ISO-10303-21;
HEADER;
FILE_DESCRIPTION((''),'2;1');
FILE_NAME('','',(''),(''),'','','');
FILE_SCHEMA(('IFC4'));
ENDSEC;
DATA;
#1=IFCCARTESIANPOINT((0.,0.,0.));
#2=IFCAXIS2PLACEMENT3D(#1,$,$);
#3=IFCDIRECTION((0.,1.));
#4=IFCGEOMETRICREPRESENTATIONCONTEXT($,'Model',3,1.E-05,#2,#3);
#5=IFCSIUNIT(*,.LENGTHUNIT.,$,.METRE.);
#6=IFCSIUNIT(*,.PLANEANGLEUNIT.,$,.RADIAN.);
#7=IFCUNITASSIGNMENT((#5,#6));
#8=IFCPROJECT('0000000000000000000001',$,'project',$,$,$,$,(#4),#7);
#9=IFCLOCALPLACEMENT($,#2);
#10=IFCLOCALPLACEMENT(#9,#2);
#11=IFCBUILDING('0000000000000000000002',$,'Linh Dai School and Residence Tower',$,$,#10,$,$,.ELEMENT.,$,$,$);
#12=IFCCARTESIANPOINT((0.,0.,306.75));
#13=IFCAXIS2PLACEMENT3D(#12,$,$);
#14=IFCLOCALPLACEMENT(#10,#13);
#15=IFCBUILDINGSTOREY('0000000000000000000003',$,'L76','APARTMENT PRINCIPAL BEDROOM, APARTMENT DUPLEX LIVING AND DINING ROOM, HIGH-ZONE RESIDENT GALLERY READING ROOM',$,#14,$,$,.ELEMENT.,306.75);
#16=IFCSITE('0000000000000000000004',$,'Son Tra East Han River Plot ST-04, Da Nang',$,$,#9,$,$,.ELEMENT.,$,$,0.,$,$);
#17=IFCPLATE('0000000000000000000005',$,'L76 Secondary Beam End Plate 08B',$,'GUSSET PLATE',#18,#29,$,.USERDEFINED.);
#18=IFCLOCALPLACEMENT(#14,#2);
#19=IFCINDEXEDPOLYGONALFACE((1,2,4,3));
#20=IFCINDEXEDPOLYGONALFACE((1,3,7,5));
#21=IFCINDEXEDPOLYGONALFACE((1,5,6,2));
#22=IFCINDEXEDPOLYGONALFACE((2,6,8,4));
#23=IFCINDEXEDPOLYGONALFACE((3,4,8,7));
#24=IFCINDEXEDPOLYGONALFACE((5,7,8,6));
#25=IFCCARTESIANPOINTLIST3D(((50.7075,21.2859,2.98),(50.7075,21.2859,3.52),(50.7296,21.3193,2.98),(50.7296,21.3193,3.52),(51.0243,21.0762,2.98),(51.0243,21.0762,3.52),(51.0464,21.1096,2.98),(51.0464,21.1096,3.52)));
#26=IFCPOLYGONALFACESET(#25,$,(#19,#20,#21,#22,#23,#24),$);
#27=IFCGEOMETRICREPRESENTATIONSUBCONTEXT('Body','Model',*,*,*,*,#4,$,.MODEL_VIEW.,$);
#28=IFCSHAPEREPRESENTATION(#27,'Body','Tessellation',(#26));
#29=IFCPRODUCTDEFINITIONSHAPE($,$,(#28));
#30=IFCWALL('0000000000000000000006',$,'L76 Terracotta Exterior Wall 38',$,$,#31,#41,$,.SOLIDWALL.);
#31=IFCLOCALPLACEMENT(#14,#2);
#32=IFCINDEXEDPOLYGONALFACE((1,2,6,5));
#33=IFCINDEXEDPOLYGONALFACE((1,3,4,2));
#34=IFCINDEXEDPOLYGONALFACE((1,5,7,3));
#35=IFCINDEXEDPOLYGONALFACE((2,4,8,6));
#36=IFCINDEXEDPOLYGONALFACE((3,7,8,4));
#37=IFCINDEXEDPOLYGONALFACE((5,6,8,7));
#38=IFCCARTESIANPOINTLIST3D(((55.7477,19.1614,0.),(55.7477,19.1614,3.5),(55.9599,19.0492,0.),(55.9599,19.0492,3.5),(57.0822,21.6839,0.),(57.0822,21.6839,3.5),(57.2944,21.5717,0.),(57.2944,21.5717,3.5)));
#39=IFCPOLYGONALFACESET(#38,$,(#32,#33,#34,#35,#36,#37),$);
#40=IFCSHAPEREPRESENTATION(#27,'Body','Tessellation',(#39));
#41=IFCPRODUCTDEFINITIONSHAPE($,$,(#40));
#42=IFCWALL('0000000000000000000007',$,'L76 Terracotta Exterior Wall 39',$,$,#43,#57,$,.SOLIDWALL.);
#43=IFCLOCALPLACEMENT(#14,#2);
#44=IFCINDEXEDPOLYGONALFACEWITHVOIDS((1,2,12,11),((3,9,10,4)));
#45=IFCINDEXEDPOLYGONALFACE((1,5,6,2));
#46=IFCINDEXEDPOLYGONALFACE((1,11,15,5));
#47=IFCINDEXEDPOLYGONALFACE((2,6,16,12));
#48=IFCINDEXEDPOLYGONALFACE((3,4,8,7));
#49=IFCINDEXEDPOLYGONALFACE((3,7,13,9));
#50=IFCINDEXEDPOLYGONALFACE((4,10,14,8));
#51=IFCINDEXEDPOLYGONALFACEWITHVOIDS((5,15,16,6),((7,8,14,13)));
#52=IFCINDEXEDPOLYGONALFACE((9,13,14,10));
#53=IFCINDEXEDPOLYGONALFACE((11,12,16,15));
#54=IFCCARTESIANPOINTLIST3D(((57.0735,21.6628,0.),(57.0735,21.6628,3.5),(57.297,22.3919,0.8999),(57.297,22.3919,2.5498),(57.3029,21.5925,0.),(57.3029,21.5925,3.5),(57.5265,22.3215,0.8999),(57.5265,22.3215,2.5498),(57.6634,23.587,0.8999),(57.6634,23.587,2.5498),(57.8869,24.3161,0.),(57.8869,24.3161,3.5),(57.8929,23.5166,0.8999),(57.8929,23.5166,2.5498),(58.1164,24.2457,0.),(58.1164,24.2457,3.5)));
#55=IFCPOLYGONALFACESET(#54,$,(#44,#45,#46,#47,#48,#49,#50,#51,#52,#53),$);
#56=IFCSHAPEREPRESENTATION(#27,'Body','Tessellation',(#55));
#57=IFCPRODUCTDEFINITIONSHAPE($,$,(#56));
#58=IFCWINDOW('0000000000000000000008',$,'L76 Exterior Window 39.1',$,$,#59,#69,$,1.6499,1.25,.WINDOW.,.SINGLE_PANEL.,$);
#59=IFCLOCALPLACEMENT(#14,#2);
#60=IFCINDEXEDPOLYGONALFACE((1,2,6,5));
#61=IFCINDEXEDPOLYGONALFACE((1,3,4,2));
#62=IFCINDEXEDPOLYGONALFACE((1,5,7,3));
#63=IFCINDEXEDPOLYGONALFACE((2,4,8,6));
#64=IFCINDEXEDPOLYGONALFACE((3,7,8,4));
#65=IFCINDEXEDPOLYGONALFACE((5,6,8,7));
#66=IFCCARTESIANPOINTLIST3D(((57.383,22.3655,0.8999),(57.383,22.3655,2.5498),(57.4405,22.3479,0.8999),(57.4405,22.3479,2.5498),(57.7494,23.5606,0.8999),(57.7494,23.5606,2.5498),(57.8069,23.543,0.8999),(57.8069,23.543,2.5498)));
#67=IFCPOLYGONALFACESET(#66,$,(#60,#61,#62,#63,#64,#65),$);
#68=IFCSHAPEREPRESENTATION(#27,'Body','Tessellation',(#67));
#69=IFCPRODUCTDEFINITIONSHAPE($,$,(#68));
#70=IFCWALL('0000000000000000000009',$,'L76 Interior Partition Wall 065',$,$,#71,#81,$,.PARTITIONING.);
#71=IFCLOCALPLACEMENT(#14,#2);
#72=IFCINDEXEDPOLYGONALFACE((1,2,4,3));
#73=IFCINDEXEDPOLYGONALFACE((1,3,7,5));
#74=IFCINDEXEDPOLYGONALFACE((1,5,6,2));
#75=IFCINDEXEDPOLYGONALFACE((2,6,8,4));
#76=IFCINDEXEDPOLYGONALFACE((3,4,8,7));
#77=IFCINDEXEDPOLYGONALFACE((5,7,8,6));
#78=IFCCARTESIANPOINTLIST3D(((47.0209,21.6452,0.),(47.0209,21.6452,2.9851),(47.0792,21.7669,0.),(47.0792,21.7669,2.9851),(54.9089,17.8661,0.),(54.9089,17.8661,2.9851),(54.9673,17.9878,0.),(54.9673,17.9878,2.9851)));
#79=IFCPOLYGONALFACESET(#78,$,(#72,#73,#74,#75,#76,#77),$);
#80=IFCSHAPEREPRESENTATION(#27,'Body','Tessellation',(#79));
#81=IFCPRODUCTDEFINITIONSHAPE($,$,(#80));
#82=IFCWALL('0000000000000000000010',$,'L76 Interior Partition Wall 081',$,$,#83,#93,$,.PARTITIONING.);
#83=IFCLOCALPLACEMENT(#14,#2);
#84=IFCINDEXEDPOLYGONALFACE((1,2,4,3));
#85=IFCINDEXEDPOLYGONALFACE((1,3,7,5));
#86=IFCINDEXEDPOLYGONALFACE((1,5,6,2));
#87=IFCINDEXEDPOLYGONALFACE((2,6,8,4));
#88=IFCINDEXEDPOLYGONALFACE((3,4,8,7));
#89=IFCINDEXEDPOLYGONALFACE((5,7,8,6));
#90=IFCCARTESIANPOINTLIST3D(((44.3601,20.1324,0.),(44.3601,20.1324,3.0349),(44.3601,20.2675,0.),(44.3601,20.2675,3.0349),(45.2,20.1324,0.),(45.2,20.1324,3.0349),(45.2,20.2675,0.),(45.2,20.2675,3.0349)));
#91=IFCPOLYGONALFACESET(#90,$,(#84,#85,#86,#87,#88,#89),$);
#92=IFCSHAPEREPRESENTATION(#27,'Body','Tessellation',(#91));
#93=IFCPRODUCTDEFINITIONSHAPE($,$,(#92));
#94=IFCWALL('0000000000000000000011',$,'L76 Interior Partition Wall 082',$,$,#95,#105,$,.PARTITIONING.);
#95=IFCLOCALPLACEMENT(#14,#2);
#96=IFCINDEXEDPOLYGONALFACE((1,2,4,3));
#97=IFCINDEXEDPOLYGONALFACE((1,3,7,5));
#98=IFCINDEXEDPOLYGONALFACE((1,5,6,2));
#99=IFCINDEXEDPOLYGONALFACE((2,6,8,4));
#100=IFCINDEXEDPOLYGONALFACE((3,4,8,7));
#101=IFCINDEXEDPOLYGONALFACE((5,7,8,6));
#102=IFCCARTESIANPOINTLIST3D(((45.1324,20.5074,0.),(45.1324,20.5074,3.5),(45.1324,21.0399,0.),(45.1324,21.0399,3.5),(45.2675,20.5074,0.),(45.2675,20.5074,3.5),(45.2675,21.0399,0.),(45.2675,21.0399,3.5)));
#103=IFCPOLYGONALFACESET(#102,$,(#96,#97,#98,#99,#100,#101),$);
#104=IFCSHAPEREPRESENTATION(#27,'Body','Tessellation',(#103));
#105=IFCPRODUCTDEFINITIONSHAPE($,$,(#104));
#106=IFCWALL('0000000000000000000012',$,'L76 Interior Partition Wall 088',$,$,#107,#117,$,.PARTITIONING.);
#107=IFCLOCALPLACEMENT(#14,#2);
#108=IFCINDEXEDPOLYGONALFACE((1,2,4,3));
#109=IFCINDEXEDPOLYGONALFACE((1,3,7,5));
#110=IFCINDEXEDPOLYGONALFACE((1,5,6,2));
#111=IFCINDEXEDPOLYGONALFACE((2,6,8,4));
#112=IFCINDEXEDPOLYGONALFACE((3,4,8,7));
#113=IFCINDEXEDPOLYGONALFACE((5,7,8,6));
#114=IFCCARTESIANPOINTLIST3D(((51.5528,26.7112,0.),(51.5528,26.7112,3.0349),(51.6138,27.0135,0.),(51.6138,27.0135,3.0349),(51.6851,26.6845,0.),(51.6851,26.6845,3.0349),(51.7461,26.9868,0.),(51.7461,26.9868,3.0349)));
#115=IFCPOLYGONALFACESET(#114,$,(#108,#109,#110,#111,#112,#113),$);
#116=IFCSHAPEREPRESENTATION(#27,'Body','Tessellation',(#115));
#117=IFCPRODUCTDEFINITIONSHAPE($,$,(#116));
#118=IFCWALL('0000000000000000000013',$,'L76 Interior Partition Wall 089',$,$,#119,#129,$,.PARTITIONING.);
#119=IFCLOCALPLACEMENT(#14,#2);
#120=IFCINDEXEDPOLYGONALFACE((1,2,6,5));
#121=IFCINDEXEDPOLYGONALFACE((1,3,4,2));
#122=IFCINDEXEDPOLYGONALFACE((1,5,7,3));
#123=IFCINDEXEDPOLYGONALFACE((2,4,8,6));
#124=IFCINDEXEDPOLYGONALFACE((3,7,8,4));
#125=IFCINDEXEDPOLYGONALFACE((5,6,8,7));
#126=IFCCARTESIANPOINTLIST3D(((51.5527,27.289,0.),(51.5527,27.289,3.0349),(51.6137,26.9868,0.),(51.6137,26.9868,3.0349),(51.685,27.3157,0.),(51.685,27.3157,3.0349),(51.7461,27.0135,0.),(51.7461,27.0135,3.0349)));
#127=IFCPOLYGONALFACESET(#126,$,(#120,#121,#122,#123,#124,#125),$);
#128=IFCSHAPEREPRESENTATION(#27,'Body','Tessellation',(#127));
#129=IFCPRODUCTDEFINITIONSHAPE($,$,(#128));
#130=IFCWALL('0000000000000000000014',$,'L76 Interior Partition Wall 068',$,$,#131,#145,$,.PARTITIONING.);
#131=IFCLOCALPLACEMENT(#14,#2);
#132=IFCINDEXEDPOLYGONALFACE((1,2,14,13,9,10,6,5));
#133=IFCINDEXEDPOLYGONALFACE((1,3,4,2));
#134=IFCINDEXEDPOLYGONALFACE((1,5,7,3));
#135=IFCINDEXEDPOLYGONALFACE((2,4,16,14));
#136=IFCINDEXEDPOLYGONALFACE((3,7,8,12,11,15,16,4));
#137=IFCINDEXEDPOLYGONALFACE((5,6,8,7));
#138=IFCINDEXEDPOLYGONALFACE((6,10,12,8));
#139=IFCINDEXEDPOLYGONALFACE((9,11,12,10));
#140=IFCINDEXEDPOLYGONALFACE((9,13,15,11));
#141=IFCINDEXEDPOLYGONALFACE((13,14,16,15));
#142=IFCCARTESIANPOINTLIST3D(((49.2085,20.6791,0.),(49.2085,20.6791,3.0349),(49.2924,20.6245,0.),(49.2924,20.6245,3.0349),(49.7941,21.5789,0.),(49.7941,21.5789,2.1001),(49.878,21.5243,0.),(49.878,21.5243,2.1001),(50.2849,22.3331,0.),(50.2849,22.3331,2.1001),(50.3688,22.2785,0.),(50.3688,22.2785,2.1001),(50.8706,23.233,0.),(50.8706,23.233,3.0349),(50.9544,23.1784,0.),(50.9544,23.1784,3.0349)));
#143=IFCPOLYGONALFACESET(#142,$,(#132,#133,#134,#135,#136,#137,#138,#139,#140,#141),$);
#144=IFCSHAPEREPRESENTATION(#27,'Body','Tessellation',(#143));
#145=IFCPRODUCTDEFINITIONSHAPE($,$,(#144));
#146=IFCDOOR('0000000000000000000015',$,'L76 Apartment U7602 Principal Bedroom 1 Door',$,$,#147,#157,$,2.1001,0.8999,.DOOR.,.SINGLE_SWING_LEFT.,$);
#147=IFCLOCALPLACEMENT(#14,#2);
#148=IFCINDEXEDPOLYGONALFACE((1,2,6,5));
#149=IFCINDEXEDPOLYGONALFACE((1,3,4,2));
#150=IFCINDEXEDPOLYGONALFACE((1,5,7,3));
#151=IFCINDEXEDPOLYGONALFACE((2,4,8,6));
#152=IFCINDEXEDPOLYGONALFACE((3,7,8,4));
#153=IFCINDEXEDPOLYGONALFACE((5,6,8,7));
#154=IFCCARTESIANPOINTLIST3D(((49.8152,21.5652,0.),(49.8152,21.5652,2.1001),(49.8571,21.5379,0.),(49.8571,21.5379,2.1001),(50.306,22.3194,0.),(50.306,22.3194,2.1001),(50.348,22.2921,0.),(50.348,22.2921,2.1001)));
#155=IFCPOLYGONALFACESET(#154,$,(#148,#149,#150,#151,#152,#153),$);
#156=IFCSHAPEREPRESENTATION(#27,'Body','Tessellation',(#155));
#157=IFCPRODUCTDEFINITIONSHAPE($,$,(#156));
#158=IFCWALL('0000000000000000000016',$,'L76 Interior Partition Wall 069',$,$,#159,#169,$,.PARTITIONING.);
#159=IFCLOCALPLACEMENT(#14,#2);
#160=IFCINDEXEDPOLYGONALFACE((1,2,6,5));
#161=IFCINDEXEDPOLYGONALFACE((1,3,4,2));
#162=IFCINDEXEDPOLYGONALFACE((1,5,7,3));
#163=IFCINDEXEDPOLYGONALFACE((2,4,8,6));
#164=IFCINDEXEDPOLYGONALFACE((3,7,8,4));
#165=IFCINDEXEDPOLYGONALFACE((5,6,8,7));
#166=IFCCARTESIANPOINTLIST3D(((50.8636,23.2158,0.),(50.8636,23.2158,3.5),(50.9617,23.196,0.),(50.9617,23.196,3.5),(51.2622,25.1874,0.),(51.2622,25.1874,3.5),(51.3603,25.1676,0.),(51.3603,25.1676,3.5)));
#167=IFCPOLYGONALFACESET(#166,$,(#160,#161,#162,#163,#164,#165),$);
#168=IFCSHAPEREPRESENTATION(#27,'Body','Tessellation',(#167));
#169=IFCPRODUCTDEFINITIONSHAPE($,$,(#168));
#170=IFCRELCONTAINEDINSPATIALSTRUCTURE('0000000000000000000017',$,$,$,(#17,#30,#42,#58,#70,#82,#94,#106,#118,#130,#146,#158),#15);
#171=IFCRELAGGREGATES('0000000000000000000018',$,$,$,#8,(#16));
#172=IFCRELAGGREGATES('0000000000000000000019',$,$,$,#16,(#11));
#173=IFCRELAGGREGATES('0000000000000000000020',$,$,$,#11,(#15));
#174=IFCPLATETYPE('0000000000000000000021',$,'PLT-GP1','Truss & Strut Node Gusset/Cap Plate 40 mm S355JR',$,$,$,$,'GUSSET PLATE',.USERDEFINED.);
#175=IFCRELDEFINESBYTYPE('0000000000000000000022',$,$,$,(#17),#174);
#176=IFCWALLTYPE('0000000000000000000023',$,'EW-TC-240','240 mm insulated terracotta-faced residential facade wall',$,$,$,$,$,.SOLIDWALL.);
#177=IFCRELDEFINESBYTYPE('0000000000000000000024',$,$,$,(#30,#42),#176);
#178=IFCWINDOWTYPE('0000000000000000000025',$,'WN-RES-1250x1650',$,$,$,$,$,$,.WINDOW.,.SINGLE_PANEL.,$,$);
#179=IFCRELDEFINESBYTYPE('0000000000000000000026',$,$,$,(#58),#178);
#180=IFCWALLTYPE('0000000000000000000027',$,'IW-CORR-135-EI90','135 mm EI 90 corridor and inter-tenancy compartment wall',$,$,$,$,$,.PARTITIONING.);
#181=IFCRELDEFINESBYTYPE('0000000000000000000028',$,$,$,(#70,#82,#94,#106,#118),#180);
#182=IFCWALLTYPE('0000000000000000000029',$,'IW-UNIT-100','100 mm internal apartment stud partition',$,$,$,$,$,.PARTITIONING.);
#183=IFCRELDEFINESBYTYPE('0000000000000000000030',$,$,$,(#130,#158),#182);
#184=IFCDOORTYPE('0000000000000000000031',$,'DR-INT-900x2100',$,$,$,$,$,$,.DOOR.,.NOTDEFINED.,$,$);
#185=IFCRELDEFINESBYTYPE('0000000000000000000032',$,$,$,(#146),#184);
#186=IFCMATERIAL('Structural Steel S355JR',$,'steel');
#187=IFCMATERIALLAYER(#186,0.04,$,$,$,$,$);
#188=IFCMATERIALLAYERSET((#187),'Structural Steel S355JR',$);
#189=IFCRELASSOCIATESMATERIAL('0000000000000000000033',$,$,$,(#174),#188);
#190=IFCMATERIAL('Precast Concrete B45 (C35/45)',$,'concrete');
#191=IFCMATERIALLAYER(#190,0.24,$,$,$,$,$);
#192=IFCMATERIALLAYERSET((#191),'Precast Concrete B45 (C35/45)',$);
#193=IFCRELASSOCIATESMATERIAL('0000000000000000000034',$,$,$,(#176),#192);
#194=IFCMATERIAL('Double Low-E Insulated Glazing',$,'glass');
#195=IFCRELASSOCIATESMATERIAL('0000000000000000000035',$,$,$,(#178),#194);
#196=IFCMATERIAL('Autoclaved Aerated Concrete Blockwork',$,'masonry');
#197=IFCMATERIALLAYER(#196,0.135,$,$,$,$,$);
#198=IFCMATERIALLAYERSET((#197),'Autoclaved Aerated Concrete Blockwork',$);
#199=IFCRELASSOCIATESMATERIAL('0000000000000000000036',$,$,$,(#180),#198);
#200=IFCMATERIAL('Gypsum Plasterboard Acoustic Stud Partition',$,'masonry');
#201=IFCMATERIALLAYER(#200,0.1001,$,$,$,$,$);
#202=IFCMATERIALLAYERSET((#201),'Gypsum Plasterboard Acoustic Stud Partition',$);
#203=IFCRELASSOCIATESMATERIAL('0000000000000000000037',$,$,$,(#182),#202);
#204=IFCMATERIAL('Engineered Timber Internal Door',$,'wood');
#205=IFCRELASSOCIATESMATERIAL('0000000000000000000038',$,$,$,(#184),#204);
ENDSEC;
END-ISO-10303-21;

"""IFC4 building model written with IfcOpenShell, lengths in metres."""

from ifc_helpers import new_model, si_unit, direction, frame, frame_2d, origin, origin_2d, place, context, subcontext, project, spatial, rectangle, extrude, source, transform, mapped, material, layer, layer_set, type_object, element, fill, save


model = new_model("IFC4")

# Units and contexts
model_context = context("Model", 3, precision=1e-05, world=origin(), true_north=direction((0.0, 1.0)))
body_context = subcontext(model_context, "Body", "Model", "MODEL_VIEW")
ifc_project = project(units=[si_unit("LENGTHUNIT", "METRE"), si_unit("PLANEANGLEUNIT", "RADIAN")], contexts=[model_context])

# Site, building, storey
site_placement = place(None, origin())
site = spatial("IfcSite", under=ifc_project, at=site_placement, Name="Son Tra East Han River Plot ST-04, Da Nang", CompositionType="ELEMENT", RefElevation=0.0)
building_placement = place(site_placement, origin())
building = spatial("IfcBuilding", under=site, at=building_placement, Name="Linh Dai School and Residence Tower", CompositionType="ELEMENT")
storey_placement = place(building_placement, frame((0.0, 0.0, 306.75)))
storey = spatial("IfcBuildingStorey", under=building, at=storey_placement, Name="L76", Description="APARTMENT PRINCIPAL BEDROOM, APARTMENT DUPLEX LIVING AND DINING ROOM, HIGH-ZONE RESIDENT GALLERY READING ROOM", CompositionType="ELEMENT", Elevation=306.75)

# Shared definitions
ifc_material_1 = material(Name="Structural Steel S355JR", Category="steel")

# Plate
ifc_layer_1 = layer(ifc_material_1, 0.04)
ifc_layer_set_1 = layer_set([ifc_layer_1], Name="Structural Steel S355JR")
plate_type = type_object("IfcPlateType", Name="PLT-GP1", Description="Truss & Strut Node Gusset/Cap Plate 40 mm S355JR", ElementType="GUSSET PLATE", PredefinedType="USERDEFINED", material=ifc_layer_set_1)
shared_shape_1 = source(origin(), body_context, "Body", "SweptSolid", [
    extrude(rectangle(XDim=0.04, YDim=0.3799, at=origin_2d()), origin(), (0.0, 0.0, 1.0), 0.54),
])
plate_placement = place(storey_placement, frame((50.877, 21.1978, 2.98), z_axis=(0.0, 0.0, 1.0), x_axis=(0.552122, 0.833763, 0.0)))
element("IfcPlate", 1, at=plate_placement, inside=storey, type_object=plate_type, Name="L76 Secondary Beam End Plate 08B", ObjectType="GUSSET PLATE", PredefinedType="USERDEFINED", context=body_context, shape_type="MappedRepresentation", body=[
    mapped(shared_shape_1, transform((0.0, 0.0, 0.0), x_axis=(1.0, 0.0, 0.0), y_axis=(0.0, 1.0, 0.0), z_axis=(0.0, 0.0, 1.0), scale=1.0)),
])

# Wall
ifc_material_2 = material(Name="Precast Concrete B45 (C35/45)", Category="concrete")
ifc_layer_2 = layer(ifc_material_2, 0.24)
ifc_layer_set_2 = layer_set([ifc_layer_2], Name="Precast Concrete B45 (C35/45)")
wall_type_1 = type_object("IfcWallType", Name="EW-TC-240", Description="240 mm insulated terracotta-faced residential facade wall", PredefinedType="SOLIDWALL", material=ifc_layer_set_2)
wall_1_placement = place(storey_placement, frame((57.1882, 21.6277, 0.0), z_axis=(0.0, 0.0, 1.0), x_axis=(-0.467628, -0.883925, 0.0)))
element("IfcWall", 2, at=wall_1_placement, inside=storey, type_object=wall_type_1, Name="L76 Terracotta Exterior Wall 38", PredefinedType="SOLIDWALL", context=body_context, shape_type="SweptSolid", body=[
    extrude(rectangle(XDim=2.8538, YDim=0.24, at=frame_2d((1.4268, 0.0))), origin(), (0.0, 0.0, 1.0), 3.5),
])

# Wall, opening, window
wall_2_placement = place(storey_placement, frame((58.0017, 24.281, 0.0), z_axis=(0.0, 0.0, 1.0), x_axis=(-0.293121, -0.956075, 0.0)))
wall_2 = element("IfcWall", 3, at=wall_2_placement, inside=storey, type_object=wall_type_1, Name="L76 Terracotta Exterior Wall 39", PredefinedType="SOLIDWALL", context=body_context, shape_type="SweptSolid", body=[
    extrude(rectangle(XDim=2.7751, YDim=0.24, at=frame_2d((1.3877, 0.0))), origin(), (0.0, 0.0, 1.0), 3.5),
])
opening_1_placement = place(wall_2_placement, frame((0.7627, 0.0, 0.8999)))
opening_1 = element("IfcOpeningElement", 4, at=opening_1_placement, cuts=wall_2, PredefinedType="OPENING", context=body_context, shape_type="SweptSolid", body=[
    extrude(rectangle(XDim=1.25, YDim=1.6499, at=origin_2d()), frame((0.625, 0.1299, 0.825), z_axis=(0.0, -1.0, 0.0), x_axis=(1.0, 0.0, 0.0)), (0.0, 0.0, 1.0), 0.26),
])
ifc_material_3 = material(Name="Double Low-E Insulated Glazing", Category="glass")
window_type = type_object("IfcWindowType", Name="WN-RES-1250x1650", PartitioningType="SINGLE_PANEL", PredefinedType="WINDOW", material=ifc_material_3)
shared_shape_2 = source(origin(), body_context, "Body", "SweptSolid", [
    extrude(rectangle(XDim=1.25, YDim=1.6499, at=origin_2d()), frame((0.625, 0.03, 0.825), z_axis=(0.0, -1.0, 0.0), x_axis=(1.0, 0.0, 0.0)), (0.0, 0.0, 1.0), 0.0601),
])
window_placement = place(opening_1_placement, origin())
window = element("IfcWindow", 5, at=window_placement, inside=storey, type_object=window_type, Name="L76 Exterior Window 39.1", OverallHeight=1.6499, OverallWidth=1.25, PartitioningType="SINGLE_PANEL", PredefinedType="WINDOW", context=body_context, shape_type="MappedRepresentation", body=[
    mapped(shared_shape_2, transform((0.0, 0.0, 0.0), x_axis=(1.0, 0.0, 0.0), y_axis=(0.0, 1.0, 0.0), z_axis=(0.0, 0.0, 1.0), scale=1.0)),
])
fill(opening_1, window)

# Walls
ifc_material_4 = material(Name="Autoclaved Aerated Concrete Blockwork", Category="masonry")
ifc_layer_3 = layer(ifc_material_4, 0.135)
ifc_layer_set_3 = layer_set([ifc_layer_3], Name="Autoclaved Aerated Concrete Blockwork")
wall_type_2 = type_object("IfcWallType", Name="IW-CORR-135-EI90", Description="135 mm EI 90 corridor and inter-tenancy compartment wall", PredefinedType="PARTITIONING", material=ifc_layer_set_3)
wall_3_placement = place(storey_placement, frame((47.05, 21.7061, 0.0), z_axis=(0.0, 0.0, 1.0), x_axis=(0.901842, -0.432066, 0.0)))
element("IfcWall", 6, at=wall_3_placement, inside=storey, type_object=wall_type_2, Name="L76 Interior Partition Wall 065", PredefinedType="PARTITIONING", context=body_context, shape_type="SweptSolid", body=[
    extrude(rectangle(XDim=8.7466, YDim=0.135, at=frame_2d((4.3733, 0.0))), origin(), (0.0, 0.0, 1.0), 2.9851),
])
wall_4_placement = place(storey_placement, frame((44.3601, 20.2, 0.0), z_axis=(0.0, 0.0, 1.0), x_axis=(1.0, 0.0, 0.0)))
element("IfcWall", 7, at=wall_4_placement, inside=storey, type_object=wall_type_2, Name="L76 Interior Partition Wall 081", PredefinedType="PARTITIONING", context=body_context, shape_type="SweptSolid", body=[
    extrude(rectangle(XDim=0.8398, YDim=0.135, at=frame_2d((0.4199, 0.0))), origin(), (0.0, 0.0, 1.0), 3.0349),
])
wall_5_placement = place(storey_placement, frame((45.2, 20.5076, 0.0), z_axis=(0.0, 0.0, 1.0), x_axis=(0.0, 1.0, 0.0)))
element("IfcWall", 8, at=wall_5_placement, inside=storey, type_object=wall_type_2, Name="L76 Interior Partition Wall 082", PredefinedType="PARTITIONING", context=body_context, shape_type="SweptSolid", body=[
    extrude(rectangle(XDim=0.5325, YDim=0.135, at=frame_2d((0.2661, 0.0))), origin(), (0.0, 0.0, 1.0), 3.5),
])
for number, where, z_axis, x_axis, name in (
    (9, (51.6189, 26.6978, 0.0), (0.0, 0.0, 1.0), (0.197943, 0.980214, 0.0), "L76 Interior Partition Wall 088"),
    (10, (51.6799, 27.0, 0.0), (0.0, 0.0, 1.0), (-0.197943, 0.980214, 0.0), "L76 Interior Partition Wall 089"),
):
    element("IfcWall", number, at=place(storey_placement, frame(where, z_axis=z_axis, x_axis=x_axis)), inside=storey, type_object=wall_type_2, Name=name, PredefinedType="PARTITIONING", context=body_context, shape_type="SweptSolid", body=[
        extrude(rectangle(XDim=0.3083, YDim=0.135, at=frame_2d((0.1543, 0.0))), origin(), (0.0, 0.0, 1.0), 3.0349),
    ])

# Wall, opening, door
ifc_material_5 = material(Name="Gypsum Plasterboard Acoustic Stud Partition", Category="masonry")
ifc_layer_4 = layer(ifc_material_5, 0.1001)
ifc_layer_set_4 = layer_set([ifc_layer_4], Name="Gypsum Plasterboard Acoustic Stud Partition")
wall_type_3 = type_object("IfcWallType", Name="IW-UNIT-100", Description="100 mm internal apartment stud partition", PredefinedType="PARTITIONING", material=ifc_layer_set_4)
wall_6_placement = place(storey_placement, frame((49.2505, 20.6519, 0.0), z_axis=(0.0, 0.0, 1.0), x_axis=(0.545459, 0.838138, 0.0)))
wall_6 = element("IfcWall", 11, at=wall_6_placement, inside=storey, type_object=wall_type_3, Name="L76 Interior Partition Wall 068", PredefinedType="PARTITIONING", context=body_context, shape_type="SweptSolid", body=[
    extrude(rectangle(XDim=3.0471, YDim=0.1001, at=frame_2d((1.5234, 0.0))), origin(), (0.0, 0.0, 1.0), 3.0349),
])
opening_2_placement = place(wall_6_placement, frame((1.0735, 0.0, 0.0)))
opening_2 = element("IfcOpeningElement", 12, at=opening_2_placement, cuts=wall_6, PredefinedType="OPENING", context=body_context, shape_type="SweptSolid", body=[
    extrude(rectangle(XDim=0.8999, YDim=2.1001, at=origin_2d()), frame((0.45, 0.0601, 1.05), z_axis=(0.0, -1.0, 0.0), x_axis=(1.0, 0.0, 0.0)), (0.0, 0.0, 1.0), 0.1201),
])
ifc_material_6 = material(Name="Engineered Timber Internal Door", Category="wood")
door_type = type_object("IfcDoorType", Name="DR-INT-900x2100", OperationType="NOTDEFINED", PredefinedType="DOOR", material=ifc_material_6)
shared_shape_3 = source(origin(), body_context, "Body", "SweptSolid", [
    extrude(rectangle(XDim=0.8999, YDim=2.1001, at=origin_2d()), frame((0.45, 0.0249, 1.05), z_axis=(0.0, -1.0, 0.0), x_axis=(1.0, 0.0, 0.0)), (0.0, 0.0, 1.0), 0.05),
])
door_placement = place(opening_2_placement, origin())
door = element("IfcDoor", 13, at=door_placement, inside=storey, type_object=door_type, Name="L76 Apartment U7602 Principal Bedroom 1 Door", OperationType="SINGLE_SWING_LEFT", OverallHeight=2.1001, OverallWidth=0.8999, PredefinedType="DOOR", context=body_context, shape_type="MappedRepresentation", body=[
    mapped(shared_shape_3, transform((0.0, 0.0, 0.0), x_axis=(1.0, 0.0, 0.0), y_axis=(0.0, 1.0, 0.0), z_axis=(0.0, 0.0, 1.0), scale=1.0)),
])
fill(opening_2, door)

# Wall
wall_7_placement = place(storey_placement, frame((50.9126, 23.2058, 0.0), z_axis=(0.0, 0.0, 1.0), x_axis=(0.198193, 0.980163, 0.0)))
element("IfcWall", 14, at=wall_7_placement, inside=storey, type_object=wall_type_3, Name="L76 Interior Partition Wall 069", PredefinedType="PARTITIONING", context=body_context, shape_type="SweptSolid", body=[
    extrude(rectangle(XDim=2.0115, YDim=0.1001, at=frame_2d((1.0059, 0.0))), origin(), (0.0, 0.0, 1.0), 3.5),
])

save(model, "model.ifc")
